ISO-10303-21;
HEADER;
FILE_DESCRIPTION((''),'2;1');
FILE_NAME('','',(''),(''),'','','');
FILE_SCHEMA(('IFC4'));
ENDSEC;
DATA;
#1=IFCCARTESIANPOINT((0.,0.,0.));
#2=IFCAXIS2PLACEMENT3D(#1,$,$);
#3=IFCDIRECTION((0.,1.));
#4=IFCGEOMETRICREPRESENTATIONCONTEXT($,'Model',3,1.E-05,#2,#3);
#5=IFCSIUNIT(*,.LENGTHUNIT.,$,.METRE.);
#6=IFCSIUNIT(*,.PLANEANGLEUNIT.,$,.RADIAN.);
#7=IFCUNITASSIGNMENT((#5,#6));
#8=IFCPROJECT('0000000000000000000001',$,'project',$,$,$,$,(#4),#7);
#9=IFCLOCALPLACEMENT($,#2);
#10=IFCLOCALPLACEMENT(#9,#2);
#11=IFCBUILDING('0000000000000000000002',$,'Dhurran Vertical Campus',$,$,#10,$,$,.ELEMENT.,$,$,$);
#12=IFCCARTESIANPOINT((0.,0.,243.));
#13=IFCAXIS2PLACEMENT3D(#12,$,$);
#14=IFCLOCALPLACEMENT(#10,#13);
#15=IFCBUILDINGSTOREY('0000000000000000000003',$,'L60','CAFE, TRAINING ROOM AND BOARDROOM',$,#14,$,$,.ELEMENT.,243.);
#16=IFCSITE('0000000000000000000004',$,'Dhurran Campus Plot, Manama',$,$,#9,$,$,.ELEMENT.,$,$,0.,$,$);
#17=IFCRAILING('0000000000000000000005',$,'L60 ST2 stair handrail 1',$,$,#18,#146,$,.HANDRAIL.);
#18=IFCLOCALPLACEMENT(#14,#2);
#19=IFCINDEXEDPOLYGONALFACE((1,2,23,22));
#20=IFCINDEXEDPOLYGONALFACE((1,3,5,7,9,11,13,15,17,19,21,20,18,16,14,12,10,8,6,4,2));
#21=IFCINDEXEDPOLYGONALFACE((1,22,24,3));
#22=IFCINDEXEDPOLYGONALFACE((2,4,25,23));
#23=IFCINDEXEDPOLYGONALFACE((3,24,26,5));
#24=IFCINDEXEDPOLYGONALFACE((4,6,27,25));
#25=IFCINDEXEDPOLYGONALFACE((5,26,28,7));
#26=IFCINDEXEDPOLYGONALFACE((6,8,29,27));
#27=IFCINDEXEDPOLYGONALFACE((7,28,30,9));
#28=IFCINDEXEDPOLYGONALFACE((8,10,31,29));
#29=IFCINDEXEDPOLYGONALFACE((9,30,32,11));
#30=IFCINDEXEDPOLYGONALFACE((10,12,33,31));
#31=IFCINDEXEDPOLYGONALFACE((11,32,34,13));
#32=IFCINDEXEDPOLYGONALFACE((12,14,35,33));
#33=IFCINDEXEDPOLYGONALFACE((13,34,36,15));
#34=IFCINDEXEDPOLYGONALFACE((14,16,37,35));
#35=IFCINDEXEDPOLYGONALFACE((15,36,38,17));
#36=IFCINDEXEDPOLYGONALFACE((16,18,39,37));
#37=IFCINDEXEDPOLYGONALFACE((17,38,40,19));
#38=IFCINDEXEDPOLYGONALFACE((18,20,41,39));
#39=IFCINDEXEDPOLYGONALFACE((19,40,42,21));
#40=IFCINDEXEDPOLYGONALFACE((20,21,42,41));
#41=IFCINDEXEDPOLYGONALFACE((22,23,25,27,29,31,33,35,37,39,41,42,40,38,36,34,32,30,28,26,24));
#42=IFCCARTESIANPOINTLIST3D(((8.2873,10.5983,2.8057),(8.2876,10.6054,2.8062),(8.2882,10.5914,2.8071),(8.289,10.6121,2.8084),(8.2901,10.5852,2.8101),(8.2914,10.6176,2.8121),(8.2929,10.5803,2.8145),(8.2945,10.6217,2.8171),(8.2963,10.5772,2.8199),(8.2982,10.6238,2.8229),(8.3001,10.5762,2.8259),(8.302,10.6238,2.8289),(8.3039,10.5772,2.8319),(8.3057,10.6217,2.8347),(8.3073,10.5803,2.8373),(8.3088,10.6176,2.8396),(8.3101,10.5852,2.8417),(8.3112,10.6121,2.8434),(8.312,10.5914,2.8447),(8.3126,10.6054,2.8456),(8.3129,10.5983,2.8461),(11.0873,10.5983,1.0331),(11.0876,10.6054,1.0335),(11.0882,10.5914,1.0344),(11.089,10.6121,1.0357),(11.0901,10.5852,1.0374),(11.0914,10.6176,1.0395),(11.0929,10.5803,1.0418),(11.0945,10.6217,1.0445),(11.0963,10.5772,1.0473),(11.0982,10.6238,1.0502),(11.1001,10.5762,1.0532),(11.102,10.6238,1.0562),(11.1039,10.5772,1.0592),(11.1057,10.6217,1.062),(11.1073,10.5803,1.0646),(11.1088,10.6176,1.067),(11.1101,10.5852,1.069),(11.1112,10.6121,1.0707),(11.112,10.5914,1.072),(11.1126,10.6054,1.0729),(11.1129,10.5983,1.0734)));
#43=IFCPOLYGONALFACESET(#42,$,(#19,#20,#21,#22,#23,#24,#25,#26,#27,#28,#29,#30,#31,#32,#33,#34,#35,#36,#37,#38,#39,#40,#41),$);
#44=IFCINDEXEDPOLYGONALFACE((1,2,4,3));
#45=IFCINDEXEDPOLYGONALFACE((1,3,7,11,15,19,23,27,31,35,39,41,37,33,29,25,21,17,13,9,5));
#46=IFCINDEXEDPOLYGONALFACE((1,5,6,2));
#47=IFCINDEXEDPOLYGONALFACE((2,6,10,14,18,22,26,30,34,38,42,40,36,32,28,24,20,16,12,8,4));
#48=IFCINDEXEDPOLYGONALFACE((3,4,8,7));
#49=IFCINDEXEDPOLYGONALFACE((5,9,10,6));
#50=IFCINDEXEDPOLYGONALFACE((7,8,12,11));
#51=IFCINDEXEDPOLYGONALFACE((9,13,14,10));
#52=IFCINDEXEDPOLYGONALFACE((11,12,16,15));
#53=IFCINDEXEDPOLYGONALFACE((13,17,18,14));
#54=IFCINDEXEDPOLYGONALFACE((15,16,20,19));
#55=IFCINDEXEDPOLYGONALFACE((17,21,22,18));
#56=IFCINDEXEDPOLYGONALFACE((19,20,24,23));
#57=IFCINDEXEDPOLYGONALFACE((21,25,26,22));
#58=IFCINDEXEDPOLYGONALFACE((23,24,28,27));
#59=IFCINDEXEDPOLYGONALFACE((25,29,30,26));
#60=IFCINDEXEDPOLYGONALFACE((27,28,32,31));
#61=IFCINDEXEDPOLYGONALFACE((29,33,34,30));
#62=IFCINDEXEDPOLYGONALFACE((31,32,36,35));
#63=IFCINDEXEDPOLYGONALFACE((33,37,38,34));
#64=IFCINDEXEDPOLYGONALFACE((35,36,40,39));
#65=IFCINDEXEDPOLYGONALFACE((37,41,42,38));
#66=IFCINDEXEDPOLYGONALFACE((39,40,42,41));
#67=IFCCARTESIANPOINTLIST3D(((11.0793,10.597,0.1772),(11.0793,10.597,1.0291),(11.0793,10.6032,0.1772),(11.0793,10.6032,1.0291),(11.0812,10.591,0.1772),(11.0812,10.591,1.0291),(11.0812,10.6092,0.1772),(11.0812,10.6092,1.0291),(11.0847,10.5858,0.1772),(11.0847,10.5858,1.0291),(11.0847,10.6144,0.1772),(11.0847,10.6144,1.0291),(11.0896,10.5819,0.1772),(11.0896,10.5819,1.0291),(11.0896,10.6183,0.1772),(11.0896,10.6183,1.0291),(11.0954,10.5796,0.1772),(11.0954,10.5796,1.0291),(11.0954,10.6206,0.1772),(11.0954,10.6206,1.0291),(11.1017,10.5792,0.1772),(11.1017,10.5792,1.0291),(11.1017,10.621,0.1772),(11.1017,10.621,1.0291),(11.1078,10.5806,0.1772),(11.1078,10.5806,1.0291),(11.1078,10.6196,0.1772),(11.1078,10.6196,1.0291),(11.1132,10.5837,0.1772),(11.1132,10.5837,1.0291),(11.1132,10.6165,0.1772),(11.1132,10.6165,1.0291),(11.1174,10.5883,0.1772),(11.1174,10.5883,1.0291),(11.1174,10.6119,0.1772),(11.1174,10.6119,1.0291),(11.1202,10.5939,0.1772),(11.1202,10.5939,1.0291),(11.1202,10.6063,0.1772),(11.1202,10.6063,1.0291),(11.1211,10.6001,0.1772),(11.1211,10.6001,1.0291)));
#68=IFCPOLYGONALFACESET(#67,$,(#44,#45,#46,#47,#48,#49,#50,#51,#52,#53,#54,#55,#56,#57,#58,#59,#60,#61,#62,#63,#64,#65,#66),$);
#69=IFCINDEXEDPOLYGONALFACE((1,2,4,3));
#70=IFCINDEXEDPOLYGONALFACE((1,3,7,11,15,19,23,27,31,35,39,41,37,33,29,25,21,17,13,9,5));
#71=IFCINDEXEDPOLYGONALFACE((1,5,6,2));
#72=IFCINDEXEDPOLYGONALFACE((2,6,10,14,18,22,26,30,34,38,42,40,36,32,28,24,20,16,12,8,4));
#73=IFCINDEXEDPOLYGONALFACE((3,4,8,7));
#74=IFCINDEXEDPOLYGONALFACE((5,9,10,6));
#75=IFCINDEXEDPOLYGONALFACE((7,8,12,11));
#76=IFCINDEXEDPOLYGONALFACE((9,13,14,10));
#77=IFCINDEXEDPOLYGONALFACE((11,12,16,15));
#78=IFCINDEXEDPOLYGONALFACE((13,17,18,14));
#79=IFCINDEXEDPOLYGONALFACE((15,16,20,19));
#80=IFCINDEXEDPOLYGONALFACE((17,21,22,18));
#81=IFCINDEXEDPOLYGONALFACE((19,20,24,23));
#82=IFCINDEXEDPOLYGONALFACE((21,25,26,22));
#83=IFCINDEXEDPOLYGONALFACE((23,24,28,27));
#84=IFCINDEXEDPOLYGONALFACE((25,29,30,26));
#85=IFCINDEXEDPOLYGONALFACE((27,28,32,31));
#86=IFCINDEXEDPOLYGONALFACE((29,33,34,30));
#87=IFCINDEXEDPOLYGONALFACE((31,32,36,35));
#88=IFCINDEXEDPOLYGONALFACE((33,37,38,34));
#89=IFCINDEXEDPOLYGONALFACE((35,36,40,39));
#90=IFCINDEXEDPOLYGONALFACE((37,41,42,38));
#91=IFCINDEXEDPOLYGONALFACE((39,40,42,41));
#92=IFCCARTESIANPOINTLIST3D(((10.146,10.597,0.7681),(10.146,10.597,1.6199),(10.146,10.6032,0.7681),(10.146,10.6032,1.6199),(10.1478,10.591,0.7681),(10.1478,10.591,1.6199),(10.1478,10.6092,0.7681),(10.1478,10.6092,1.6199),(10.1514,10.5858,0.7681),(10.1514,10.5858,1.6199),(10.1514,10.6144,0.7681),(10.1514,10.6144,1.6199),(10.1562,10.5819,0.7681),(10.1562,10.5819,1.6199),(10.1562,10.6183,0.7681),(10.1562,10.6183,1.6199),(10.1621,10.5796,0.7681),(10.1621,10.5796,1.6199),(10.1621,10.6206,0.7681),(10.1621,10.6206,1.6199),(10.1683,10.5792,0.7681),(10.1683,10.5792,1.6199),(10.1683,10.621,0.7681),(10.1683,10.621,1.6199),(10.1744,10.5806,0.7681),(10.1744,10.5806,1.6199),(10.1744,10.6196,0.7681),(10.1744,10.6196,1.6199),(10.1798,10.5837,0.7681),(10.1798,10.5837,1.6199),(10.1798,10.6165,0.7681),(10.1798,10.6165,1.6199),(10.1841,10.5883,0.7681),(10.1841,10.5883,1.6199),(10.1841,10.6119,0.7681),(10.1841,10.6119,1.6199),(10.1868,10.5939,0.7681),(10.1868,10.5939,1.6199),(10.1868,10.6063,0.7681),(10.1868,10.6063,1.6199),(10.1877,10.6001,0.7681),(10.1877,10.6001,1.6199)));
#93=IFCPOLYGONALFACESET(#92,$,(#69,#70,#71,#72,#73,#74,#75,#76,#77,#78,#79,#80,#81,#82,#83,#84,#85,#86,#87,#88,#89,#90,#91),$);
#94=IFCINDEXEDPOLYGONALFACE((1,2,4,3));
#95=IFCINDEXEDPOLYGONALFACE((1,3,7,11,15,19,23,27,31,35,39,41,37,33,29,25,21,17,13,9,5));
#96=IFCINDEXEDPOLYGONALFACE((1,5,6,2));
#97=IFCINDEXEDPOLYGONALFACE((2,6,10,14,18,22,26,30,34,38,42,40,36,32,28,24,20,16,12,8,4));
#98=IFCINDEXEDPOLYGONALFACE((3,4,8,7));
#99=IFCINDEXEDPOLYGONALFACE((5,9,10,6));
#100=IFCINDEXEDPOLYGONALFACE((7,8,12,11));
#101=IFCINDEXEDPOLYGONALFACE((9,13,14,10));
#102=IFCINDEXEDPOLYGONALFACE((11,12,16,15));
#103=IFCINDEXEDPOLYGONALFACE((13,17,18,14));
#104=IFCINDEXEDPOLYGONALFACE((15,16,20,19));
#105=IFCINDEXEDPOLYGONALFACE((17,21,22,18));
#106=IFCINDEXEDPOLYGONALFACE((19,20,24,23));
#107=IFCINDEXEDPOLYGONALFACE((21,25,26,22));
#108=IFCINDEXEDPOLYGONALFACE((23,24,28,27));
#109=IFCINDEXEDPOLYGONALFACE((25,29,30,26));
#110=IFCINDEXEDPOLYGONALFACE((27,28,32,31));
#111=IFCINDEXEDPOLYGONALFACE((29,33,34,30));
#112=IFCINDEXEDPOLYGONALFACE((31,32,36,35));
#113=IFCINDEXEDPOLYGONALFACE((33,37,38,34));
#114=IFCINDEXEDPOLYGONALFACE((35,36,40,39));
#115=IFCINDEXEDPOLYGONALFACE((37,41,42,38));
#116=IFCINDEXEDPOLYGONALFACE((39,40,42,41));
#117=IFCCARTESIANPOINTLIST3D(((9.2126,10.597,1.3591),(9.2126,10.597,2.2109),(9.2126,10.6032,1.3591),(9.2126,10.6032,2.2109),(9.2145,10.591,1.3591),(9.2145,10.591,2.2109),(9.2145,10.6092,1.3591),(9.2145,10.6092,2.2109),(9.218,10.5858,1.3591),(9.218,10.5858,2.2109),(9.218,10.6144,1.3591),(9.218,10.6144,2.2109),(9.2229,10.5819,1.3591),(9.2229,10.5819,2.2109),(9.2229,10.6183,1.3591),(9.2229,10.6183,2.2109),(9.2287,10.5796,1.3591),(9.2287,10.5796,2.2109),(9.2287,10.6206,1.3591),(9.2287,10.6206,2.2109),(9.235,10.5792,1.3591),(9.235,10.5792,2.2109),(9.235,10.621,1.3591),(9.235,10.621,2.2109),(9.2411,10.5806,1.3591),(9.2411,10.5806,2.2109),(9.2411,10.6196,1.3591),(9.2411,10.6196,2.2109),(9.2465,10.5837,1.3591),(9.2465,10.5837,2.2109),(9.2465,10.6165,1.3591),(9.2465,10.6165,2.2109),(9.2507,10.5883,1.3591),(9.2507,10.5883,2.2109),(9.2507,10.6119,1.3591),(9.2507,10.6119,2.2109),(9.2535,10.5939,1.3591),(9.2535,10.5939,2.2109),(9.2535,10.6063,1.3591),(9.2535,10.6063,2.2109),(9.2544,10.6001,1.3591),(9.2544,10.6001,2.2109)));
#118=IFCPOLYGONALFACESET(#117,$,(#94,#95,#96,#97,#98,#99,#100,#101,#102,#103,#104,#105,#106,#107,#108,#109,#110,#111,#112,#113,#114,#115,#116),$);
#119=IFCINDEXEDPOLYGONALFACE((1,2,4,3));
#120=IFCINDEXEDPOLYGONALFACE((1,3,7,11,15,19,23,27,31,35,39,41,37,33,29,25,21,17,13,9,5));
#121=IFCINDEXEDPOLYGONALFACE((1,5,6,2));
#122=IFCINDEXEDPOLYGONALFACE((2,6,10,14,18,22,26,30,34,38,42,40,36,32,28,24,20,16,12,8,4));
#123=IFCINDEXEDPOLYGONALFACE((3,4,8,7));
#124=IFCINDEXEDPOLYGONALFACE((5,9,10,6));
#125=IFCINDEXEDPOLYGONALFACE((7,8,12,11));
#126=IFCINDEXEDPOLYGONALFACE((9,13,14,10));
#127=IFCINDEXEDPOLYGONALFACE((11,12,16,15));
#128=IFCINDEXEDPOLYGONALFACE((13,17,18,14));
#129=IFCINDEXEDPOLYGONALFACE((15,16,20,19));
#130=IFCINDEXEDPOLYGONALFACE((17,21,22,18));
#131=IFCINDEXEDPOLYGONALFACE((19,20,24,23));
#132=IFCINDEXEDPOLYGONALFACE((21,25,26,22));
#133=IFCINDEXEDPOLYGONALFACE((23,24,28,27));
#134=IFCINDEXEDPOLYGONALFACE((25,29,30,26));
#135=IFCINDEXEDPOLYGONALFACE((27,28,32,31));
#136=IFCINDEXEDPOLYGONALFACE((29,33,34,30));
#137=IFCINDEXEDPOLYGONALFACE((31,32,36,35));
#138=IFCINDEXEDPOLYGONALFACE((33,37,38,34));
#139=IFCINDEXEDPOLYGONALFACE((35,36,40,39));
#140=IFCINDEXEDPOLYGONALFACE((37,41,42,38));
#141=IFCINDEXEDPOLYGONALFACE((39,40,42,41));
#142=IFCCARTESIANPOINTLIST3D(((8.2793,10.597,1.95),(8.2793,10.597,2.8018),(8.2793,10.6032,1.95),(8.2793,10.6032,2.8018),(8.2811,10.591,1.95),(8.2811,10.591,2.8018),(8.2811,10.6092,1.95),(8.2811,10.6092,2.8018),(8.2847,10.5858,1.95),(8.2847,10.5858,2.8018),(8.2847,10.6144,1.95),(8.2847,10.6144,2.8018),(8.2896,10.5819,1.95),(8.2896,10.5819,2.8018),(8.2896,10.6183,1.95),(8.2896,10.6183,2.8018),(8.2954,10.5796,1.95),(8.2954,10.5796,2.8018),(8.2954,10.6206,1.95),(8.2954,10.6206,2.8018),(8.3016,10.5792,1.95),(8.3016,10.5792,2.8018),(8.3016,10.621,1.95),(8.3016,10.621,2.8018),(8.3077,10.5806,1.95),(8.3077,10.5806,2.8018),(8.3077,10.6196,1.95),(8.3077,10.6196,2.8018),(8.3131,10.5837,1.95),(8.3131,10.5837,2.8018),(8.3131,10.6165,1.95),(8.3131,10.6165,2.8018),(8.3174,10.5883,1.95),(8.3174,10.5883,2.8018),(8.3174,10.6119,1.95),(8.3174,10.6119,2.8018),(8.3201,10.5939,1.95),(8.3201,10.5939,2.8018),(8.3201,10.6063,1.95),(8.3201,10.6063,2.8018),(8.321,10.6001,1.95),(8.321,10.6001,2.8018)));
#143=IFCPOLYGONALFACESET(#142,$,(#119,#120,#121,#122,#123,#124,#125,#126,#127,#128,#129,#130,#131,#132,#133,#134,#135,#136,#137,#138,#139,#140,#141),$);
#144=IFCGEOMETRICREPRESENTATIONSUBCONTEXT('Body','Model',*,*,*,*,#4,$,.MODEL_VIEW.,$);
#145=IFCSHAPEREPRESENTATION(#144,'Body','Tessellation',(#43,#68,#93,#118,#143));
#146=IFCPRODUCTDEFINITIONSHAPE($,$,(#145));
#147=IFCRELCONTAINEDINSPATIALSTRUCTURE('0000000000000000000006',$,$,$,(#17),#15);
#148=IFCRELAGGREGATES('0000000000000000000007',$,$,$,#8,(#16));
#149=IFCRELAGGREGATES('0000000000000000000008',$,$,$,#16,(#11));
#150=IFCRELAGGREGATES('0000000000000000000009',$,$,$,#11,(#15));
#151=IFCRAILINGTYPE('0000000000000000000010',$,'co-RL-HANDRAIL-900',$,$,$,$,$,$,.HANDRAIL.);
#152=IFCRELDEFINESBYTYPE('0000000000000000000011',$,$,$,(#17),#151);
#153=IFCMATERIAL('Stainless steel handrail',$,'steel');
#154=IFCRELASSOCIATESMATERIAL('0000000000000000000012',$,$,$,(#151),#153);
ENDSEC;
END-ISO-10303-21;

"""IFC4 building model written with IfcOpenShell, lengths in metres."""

from ifc_helpers import new_model, si_unit, direction, frame, origin, origin_2d, place, context, subcontext, project, spatial, circle, extrude, material, type_object, element, save


model = new_model("IFC4")

# Units and contexts
model_context = context("Model", 3, precision=1e-05, world=origin(), true_north=direction((0.0, 1.0)))
body_context = subcontext(model_context, "Body", "Model", "MODEL_VIEW")
ifc_project = project(units=[si_unit("LENGTHUNIT", "METRE"), si_unit("PLANEANGLEUNIT", "RADIAN")], contexts=[model_context])

# Site, building, storey
site_placement = place(None, origin())
site = spatial("IfcSite", under=ifc_project, at=site_placement, Name="Dhurran Campus Plot, Manama", CompositionType="ELEMENT", RefElevation=0.0)
building_placement = place(site_placement, origin())
building = spatial("IfcBuilding", under=site, at=building_placement, Name="Dhurran Vertical Campus", CompositionType="ELEMENT")
storey_placement = place(building_placement, frame((0.0, 0.0, 243.0)))
storey = spatial("IfcBuildingStorey", under=building, at=storey_placement, Name="L60", Description="CAFE, TRAINING ROOM AND BOARDROOM", CompositionType="ELEMENT", Elevation=243.0)

# Railing
ifc_material_1 = material(Name="Stainless steel handrail", Category="steel")
railing_type = type_object("IfcRailingType", Name="co-RL-HANDRAIL-900", PredefinedType="HANDRAIL", material=ifc_material_1)
railing_placement = place(storey_placement, frame((11.1001, 10.6001, 0.1772)))
element("IfcRailing", 1, at=railing_placement, inside=storey, type_object=railing_type, Name="L60 ST2 stair handrail 1", PredefinedType="HANDRAIL", context=body_context, shape_type="SweptSolid", body=[
    extrude(circle(Radius=0.0239, at=origin_2d()), frame((0.0, 0.0, 0.876), z_axis=(-0.844909, 0.0, 0.53491), x_axis=(0.0, -1.0, 0.0)), (0.0, 0.0, 1.0), 3.314),
    extrude(circle(Radius=0.021, at=origin_2d()), origin(), (0.0, 0.0, 1.0), 0.8518),
    extrude(circle(Radius=0.021, at=origin_2d()), frame((-0.9333, 0.0, 0.5908)), (0.0, 0.0, 1.0), 0.8518),
    extrude(circle(Radius=0.021, at=origin_2d()), frame((-1.8667, 0.0, 1.1819)), (0.0, 0.0, 1.0), 0.8518),
    extrude(circle(Radius=0.021, at=origin_2d()), frame((-2.8, 0.0, 1.7727)), (0.0, 0.0, 1.0), 0.8518),
])

save(model, "model.ifc")
